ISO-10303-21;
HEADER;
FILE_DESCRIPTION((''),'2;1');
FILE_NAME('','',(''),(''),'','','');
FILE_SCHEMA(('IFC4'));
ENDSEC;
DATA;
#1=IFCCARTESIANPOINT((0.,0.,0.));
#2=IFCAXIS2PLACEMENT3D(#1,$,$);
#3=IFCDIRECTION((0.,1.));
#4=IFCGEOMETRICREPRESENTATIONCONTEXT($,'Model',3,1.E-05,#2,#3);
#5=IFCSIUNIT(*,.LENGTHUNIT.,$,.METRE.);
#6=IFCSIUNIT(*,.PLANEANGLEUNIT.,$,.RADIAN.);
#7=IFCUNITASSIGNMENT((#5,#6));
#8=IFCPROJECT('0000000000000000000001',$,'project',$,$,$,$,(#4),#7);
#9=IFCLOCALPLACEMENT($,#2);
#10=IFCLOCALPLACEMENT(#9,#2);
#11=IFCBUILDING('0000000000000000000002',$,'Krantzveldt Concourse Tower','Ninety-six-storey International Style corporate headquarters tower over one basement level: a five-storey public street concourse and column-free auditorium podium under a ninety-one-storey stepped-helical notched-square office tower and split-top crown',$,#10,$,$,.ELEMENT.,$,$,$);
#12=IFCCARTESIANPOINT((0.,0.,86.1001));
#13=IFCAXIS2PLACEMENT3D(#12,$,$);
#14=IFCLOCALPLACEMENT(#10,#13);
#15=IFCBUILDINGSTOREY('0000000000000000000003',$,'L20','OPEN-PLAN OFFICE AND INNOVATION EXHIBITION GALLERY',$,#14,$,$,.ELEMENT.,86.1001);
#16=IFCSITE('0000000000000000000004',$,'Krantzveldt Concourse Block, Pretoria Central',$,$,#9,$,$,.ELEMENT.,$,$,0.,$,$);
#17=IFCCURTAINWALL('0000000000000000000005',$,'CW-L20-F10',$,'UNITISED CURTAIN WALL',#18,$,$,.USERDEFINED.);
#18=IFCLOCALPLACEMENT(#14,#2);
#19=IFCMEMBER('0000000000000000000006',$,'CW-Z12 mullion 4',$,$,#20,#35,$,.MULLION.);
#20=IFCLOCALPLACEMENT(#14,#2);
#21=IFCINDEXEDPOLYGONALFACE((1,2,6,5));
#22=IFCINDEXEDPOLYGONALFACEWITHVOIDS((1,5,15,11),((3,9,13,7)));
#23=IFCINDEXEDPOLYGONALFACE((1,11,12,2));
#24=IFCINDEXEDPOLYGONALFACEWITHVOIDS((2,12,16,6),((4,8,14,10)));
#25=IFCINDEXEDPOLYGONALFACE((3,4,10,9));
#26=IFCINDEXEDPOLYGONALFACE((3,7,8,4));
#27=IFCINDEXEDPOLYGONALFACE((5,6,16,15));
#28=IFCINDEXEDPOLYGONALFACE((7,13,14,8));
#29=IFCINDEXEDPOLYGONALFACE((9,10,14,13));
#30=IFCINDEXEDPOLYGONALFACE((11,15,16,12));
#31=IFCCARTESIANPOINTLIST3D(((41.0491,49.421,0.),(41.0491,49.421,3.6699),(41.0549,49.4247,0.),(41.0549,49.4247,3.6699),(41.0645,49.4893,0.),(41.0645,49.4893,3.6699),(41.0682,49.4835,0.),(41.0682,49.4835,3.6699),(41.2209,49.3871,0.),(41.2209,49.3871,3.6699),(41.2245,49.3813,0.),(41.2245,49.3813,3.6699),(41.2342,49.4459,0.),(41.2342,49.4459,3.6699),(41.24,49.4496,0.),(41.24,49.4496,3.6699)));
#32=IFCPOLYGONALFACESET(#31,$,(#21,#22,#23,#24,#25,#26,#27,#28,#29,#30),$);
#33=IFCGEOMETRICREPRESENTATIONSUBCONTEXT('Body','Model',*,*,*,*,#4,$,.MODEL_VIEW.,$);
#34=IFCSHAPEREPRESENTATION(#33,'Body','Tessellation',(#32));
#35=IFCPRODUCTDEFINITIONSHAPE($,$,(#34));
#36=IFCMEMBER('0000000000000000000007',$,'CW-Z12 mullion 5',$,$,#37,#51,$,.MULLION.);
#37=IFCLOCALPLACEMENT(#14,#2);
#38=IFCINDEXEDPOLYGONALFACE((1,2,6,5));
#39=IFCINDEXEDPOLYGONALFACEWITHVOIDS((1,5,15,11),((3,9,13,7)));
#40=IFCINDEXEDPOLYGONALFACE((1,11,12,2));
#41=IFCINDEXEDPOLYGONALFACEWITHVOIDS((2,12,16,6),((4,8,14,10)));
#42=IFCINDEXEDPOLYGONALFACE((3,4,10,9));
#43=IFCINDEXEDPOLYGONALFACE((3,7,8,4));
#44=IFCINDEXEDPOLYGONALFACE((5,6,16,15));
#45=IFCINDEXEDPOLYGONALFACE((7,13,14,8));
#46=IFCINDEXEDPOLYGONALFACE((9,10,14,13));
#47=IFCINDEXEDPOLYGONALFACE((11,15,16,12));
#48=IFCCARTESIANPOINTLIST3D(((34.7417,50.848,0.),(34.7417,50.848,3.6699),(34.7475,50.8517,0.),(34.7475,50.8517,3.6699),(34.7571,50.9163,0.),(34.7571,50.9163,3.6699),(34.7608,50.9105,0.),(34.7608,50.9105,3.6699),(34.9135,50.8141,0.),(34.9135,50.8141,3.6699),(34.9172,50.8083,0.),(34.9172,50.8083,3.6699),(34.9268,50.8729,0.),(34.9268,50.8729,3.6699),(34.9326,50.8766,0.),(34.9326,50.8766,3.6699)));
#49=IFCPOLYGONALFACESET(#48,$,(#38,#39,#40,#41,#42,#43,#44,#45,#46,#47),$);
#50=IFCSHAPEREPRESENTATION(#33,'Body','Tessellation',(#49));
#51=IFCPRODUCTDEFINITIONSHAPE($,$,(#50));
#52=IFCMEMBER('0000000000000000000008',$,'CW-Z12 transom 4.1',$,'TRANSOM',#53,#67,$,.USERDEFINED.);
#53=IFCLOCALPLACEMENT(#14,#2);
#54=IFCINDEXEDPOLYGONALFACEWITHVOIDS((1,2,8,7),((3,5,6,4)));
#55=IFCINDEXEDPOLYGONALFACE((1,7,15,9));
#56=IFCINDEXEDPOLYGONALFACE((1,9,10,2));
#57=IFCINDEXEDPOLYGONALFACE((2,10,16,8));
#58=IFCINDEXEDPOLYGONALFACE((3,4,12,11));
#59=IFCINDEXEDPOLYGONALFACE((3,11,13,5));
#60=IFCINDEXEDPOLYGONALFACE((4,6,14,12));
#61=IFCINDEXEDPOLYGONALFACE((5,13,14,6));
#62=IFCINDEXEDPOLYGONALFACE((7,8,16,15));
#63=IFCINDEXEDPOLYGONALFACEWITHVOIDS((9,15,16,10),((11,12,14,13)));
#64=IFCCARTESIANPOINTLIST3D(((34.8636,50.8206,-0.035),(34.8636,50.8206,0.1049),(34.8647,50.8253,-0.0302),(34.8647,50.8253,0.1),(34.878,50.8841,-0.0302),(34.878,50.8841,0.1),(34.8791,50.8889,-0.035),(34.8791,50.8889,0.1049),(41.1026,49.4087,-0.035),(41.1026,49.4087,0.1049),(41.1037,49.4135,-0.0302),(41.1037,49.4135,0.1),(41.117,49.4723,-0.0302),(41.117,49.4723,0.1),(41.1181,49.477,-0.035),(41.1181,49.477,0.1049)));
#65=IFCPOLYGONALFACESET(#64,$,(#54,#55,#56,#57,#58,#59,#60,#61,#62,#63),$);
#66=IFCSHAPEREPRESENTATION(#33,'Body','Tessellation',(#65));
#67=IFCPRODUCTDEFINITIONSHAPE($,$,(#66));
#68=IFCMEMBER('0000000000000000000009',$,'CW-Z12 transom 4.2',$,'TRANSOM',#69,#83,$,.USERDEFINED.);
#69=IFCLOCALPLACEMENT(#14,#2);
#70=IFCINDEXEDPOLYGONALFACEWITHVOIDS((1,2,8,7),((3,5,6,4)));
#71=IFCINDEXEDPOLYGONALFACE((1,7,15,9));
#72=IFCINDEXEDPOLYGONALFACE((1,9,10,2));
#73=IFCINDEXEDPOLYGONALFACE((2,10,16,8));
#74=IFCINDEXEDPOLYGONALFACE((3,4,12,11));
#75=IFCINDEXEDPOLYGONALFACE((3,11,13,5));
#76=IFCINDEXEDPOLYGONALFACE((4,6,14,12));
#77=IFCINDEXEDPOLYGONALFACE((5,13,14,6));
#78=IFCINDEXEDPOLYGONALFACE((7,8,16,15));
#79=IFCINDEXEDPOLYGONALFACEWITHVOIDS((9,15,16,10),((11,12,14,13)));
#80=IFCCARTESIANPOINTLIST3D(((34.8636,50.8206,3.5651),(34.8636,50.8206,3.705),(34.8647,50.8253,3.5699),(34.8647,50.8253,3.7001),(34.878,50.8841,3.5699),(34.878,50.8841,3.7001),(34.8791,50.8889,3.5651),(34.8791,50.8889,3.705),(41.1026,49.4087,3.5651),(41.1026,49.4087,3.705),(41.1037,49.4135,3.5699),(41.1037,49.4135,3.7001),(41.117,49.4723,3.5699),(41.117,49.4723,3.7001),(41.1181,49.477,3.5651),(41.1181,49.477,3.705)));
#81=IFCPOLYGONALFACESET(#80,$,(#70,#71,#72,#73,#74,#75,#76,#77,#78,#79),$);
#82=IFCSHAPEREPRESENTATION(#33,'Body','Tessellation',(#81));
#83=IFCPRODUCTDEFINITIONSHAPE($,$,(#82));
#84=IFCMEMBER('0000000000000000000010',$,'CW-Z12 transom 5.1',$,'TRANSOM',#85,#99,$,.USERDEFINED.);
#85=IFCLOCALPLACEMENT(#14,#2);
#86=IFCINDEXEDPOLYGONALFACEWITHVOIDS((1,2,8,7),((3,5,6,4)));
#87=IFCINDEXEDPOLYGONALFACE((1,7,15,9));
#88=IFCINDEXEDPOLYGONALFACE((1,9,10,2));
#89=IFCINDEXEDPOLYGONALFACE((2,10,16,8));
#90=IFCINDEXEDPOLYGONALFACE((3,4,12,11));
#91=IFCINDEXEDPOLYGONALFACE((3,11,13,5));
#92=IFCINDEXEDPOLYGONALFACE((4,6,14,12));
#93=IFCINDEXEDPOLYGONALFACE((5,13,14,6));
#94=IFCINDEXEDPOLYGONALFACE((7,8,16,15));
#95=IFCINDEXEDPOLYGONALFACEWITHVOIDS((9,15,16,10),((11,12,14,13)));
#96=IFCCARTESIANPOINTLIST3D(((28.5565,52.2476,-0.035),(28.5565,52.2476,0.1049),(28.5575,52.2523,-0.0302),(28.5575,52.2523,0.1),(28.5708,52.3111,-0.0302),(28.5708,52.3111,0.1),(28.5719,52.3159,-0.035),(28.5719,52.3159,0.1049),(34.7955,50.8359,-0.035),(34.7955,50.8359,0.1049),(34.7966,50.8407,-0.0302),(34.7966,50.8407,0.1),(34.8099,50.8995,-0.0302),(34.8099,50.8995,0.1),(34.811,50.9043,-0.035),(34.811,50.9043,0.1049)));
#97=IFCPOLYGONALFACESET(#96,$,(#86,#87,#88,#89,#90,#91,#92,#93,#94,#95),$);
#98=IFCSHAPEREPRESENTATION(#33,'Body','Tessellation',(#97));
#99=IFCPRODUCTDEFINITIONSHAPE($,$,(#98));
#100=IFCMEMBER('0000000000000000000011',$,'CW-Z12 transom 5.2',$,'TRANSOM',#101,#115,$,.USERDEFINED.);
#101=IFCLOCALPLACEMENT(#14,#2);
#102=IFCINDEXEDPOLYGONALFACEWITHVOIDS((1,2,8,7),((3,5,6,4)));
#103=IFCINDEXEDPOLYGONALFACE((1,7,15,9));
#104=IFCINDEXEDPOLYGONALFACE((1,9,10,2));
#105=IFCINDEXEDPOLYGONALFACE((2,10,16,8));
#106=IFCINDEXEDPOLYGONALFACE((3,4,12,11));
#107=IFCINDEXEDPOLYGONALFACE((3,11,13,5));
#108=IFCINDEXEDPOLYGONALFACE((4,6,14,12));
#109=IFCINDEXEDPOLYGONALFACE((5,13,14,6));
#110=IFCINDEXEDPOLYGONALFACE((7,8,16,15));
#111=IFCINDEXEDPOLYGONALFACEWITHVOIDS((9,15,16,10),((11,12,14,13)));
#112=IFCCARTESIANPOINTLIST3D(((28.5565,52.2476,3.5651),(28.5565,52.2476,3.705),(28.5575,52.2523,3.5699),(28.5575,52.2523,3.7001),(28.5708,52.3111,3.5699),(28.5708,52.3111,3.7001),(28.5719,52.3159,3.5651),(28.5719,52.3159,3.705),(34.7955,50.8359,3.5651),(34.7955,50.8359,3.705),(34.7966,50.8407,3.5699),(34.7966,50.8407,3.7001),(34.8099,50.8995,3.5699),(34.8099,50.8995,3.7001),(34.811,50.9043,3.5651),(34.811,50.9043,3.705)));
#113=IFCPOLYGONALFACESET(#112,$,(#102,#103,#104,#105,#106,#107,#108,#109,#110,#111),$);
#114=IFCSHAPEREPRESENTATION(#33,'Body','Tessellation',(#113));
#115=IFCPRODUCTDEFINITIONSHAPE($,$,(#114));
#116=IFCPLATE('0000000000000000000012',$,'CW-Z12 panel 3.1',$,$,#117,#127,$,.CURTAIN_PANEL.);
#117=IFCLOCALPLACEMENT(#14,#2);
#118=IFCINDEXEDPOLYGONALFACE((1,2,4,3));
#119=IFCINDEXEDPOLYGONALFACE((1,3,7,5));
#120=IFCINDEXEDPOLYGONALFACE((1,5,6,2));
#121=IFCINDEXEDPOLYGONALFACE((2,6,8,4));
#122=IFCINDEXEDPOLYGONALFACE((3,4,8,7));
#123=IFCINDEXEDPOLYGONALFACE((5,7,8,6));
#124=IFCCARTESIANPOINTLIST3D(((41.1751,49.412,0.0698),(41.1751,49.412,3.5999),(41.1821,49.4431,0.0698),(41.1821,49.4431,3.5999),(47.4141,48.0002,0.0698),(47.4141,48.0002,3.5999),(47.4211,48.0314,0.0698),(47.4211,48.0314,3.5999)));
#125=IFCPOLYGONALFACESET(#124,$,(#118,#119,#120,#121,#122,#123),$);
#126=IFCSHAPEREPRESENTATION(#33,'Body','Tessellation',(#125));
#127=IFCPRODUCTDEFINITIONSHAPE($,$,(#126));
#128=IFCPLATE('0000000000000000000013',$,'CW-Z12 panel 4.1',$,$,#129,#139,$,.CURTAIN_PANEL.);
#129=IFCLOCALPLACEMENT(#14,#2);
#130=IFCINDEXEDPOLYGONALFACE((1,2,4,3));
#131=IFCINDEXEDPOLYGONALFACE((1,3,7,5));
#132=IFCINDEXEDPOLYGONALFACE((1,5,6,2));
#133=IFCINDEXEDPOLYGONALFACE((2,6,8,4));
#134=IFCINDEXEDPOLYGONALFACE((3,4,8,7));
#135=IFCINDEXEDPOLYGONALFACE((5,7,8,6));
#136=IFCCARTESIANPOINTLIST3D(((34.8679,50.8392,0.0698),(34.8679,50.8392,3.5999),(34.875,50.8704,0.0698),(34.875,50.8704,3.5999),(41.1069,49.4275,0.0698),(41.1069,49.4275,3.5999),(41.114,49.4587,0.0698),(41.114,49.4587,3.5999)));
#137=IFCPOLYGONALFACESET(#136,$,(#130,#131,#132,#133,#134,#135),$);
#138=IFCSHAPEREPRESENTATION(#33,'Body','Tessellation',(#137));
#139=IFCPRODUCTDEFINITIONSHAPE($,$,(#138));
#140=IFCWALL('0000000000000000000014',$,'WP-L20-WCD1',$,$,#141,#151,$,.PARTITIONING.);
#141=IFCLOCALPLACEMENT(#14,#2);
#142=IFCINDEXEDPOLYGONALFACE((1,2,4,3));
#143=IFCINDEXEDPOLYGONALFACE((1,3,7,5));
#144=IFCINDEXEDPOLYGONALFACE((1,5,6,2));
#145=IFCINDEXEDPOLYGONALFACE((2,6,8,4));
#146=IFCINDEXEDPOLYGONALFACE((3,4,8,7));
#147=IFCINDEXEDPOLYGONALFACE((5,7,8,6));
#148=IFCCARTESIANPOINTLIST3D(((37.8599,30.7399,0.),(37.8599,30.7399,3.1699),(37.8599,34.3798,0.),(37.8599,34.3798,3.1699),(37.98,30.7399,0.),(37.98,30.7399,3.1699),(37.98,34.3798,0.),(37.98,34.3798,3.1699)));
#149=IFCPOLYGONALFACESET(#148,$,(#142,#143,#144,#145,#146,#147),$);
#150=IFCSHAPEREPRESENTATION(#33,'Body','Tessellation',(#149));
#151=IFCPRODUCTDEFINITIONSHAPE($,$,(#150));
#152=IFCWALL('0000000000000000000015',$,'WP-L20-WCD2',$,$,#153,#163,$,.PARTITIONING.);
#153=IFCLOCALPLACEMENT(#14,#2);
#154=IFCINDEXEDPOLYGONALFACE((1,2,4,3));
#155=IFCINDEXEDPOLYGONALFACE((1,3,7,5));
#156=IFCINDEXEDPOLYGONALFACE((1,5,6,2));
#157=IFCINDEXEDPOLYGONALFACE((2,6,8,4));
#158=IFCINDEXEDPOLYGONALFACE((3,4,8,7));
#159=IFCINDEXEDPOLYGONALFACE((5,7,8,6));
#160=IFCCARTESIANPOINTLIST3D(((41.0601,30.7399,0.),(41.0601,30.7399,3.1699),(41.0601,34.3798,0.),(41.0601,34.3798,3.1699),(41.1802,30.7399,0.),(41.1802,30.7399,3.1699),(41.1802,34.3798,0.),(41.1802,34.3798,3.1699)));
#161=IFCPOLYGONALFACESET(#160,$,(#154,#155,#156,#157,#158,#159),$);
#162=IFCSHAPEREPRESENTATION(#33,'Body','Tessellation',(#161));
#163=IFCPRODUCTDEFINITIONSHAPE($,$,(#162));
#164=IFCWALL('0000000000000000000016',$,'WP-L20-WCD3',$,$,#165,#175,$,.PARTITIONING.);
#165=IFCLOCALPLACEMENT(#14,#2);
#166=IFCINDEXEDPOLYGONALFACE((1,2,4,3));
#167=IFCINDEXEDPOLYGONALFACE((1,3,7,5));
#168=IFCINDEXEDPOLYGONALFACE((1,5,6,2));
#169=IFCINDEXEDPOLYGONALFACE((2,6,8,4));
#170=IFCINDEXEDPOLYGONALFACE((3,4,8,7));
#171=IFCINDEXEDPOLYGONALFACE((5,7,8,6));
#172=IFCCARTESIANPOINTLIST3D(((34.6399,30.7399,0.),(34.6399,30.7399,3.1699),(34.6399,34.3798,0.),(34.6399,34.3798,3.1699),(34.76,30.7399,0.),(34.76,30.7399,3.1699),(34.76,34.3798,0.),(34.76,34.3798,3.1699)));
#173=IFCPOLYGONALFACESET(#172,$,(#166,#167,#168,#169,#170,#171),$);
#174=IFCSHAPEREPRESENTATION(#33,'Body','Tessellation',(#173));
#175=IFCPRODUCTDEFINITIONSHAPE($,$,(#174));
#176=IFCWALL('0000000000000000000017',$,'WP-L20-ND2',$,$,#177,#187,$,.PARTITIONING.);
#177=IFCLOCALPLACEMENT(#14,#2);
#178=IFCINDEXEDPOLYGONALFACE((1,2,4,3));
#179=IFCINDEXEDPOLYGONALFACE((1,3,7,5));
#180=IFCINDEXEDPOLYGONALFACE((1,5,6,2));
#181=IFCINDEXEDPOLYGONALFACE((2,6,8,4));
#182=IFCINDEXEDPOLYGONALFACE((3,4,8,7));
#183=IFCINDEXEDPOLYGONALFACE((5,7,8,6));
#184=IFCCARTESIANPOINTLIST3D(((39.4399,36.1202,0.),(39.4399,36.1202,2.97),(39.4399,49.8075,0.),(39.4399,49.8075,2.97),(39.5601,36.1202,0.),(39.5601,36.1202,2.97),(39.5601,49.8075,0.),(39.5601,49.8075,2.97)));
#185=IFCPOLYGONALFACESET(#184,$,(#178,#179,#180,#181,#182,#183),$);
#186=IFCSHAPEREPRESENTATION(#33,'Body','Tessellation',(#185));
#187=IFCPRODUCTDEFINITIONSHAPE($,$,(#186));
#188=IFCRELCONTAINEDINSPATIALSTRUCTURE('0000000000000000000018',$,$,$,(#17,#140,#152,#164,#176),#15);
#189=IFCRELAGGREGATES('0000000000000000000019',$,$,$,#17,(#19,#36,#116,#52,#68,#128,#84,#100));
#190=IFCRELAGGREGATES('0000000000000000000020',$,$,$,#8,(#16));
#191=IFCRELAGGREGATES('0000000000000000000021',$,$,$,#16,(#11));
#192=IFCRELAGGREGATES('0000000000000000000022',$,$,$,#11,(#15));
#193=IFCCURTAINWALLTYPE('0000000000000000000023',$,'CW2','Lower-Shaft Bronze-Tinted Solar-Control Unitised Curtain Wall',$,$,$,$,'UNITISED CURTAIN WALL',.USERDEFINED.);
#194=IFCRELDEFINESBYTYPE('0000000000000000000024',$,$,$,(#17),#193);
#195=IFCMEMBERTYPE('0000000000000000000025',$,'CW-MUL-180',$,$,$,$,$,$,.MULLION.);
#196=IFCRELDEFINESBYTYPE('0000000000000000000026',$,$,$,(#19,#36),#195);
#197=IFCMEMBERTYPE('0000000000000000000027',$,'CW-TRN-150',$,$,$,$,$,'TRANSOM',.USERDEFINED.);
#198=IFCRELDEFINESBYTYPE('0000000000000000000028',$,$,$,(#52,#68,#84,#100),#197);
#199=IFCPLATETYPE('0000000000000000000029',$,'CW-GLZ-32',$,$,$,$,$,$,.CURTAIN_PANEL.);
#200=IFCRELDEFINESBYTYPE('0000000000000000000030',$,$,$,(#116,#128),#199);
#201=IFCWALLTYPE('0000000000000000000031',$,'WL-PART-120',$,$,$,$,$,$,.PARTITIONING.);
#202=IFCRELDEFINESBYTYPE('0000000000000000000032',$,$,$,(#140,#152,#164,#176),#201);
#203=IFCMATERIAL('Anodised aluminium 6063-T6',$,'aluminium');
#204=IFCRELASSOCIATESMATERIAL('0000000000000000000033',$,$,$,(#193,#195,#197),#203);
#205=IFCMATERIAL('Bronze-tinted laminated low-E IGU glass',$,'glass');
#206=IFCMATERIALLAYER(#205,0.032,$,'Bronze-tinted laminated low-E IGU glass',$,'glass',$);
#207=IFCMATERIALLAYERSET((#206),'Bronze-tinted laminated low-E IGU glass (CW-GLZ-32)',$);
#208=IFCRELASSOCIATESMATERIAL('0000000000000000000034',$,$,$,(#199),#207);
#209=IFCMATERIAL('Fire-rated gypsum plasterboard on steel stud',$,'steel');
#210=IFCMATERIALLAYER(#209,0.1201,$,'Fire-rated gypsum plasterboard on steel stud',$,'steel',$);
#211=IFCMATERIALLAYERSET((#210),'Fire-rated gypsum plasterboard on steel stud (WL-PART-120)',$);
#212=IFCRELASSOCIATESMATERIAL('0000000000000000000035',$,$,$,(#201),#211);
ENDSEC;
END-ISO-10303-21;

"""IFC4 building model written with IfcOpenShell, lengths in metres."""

from ifc_helpers import new_model, si_unit, direction, frame, frame_2d, origin, origin_2d, place, context, subcontext, project, spatial, rectangle, hollow_rectangle, extrude, source, transform, mapped, material, layer, layer_set, material_profile, profile_set, type_object, type_shapes, element, aggregate, save


model = new_model("IFC4")

# Units and contexts
model_context = context("Model", 3, precision=1e-05, world=origin(), true_north=direction((0.0, 1.0)))
body_context = subcontext(model_context, "Body", "Model", "MODEL_VIEW")
ifc_project = project(units=[si_unit("LENGTHUNIT", "METRE"), si_unit("PLANEANGLEUNIT", "RADIAN")], contexts=[model_context])

# Site, building, storey
site_placement = place(None, origin())
site = spatial("IfcSite", under=ifc_project, at=site_placement, Name="Krantzveldt Concourse Block, Pretoria Central", CompositionType="ELEMENT", RefElevation=0.0)
building_placement = place(site_placement, origin())
building = spatial("IfcBuilding", under=site, at=building_placement, Name="Krantzveldt Concourse Tower", Description="Ninety-six-storey International Style corporate headquarters tower over one basement level: a five-storey public street concourse and column-free auditorium podium under a ninety-one-storey stepped-helical notched-square office tower and split-top crown", CompositionType="ELEMENT")
storey_placement = place(building_placement, frame((0.0, 0.0, 86.1001)))
storey = spatial("IfcBuildingStorey", under=building, at=storey_placement, Name="L20", Description="OPEN-PLAN OFFICE AND INNOVATION EXHIBITION GALLERY", CompositionType="ELEMENT", Elevation=86.1001)

# Curtain wall, members, plates
ifc_material_1 = material(Name="Anodised aluminium 6063-T6", Category="aluminium")
curtain_wall_type = type_object("IfcCurtainWallType", Name="CW2", Description="Lower-Shaft Bronze-Tinted Solar-Control Unitised Curtain Wall", ElementType="UNITISED CURTAIN WALL", PredefinedType="USERDEFINED", material=ifc_material_1)
curtain_wall_placement = place(storey_placement, origin())
curtain_wall = element("IfcCurtainWall", 1, at=curtain_wall_placement, inside=storey, type_object=curtain_wall_type, Name="CW-L20-F10", ObjectType="UNITISED CURTAIN WALL", PredefinedType="USERDEFINED")
ifc_material_profile_1 = material_profile(ifc_material_1, hollow_rectangle(XDim=0.0701, YDim=0.1799, WallThickness=0.0049, at=origin_2d()), Name="Anodised aluminium 6063-T6", Category="aluminium")
ifc_profile_set_1 = profile_set([ifc_material_profile_1], Name="Anodised aluminium 6063-T6 - ALU-MULL 180x70x5")
member_type_1 = type_object("IfcMemberType", Name="CW-MUL-180", PredefinedType="MULLION", material=ifc_profile_set_1)
shared_shape_1 = source(origin(), body_context, "Body", "SweptSolid", [
    extrude(hollow_rectangle(XDim=0.0701, YDim=0.1799, WallThickness=0.0049, at=origin_2d()), origin(), (0.0, 0.0, 1.0), 3.6699),
])
type_shapes(member_type_1, [shared_shape_1])
member_1_placement = place(storey_placement, frame((41.1445, 49.4353, 0.0), z_axis=(0.0, 0.0, 1.0), x_axis=(-0.220697, -0.975342, 0.0)))
member_1 = element("IfcMember", 2, at=member_1_placement, type_object=member_type_1, Name="CW-Z12 mullion 4", PredefinedType="MULLION", context=body_context, shape_type="MappedRepresentation", body=[
    mapped(shared_shape_1, transform((0.0, 0.0, 0.0), x_axis=(1.0, 0.0, 0.0), y_axis=(0.0, 1.0, 0.0), z_axis=(0.0, 0.0, 1.0), scale=1.0)),
])
member_2_placement = place(storey_placement, frame((34.8372, 50.8623, 0.0), z_axis=(0.0, 0.0, 1.0), x_axis=(-0.220697, -0.975342, 0.0)))
member_2 = element("IfcMember", 3, at=member_2_placement, type_object=member_type_1, Name="CW-Z12 mullion 5", PredefinedType="MULLION", context=body_context, shape_type="MappedRepresentation", body=[
    mapped(shared_shape_1, transform((0.0, 0.0, 0.0), x_axis=(1.0, 0.0, 0.0), y_axis=(0.0, 1.0, 0.0), z_axis=(0.0, 0.0, 1.0), scale=1.0)),
])
ifc_material_profile_2 = material_profile(ifc_material_1, hollow_rectangle(XDim=0.0701, YDim=0.1399, WallThickness=0.0049, at=origin_2d()), Name="Anodised aluminium 6063-T6", Category="aluminium")
ifc_profile_set_2 = profile_set([ifc_material_profile_2], Name="Anodised aluminium 6063-T6 - ALU-TRAN 140x70x5")
member_type_2 = type_object("IfcMemberType", Name="CW-TRN-150", ElementType="TRANSOM", PredefinedType="USERDEFINED", material=ifc_profile_set_2)
shared_shape_2 = source(origin(), body_context, "Body", "SweptSolid", [
    extrude(hollow_rectangle(XDim=0.0701, YDim=0.1399, WallThickness=0.0049, at=origin_2d()), origin(), (0.0, 0.0, 1.0), 6.3967),
])
type_shapes(member_type_2, [shared_shape_2])
member_3_placement = place(storey_placement, frame((41.1104, 49.4429, 0.0349), z_axis=(-0.975338, 0.220715, 0.0), x_axis=(-0.220715, -0.975338, 0.0)))
member_3 = element("IfcMember", 4, at=member_3_placement, type_object=member_type_2, Name="CW-Z12 transom 4.1", ObjectType="TRANSOM", PredefinedType="USERDEFINED", context=body_context, shape_type="MappedRepresentation", body=[
    mapped(shared_shape_2, transform((0.0, 0.0, 0.0), x_axis=(1.0, 0.0, 0.0), y_axis=(0.0, 1.0, 0.0), z_axis=(0.0, 0.0, 1.0), scale=1.0)),
])
member_4_placement = place(storey_placement, frame((41.1104, 49.4429, 3.635), z_axis=(-0.975338, 0.220715, 0.0), x_axis=(-0.220715, -0.975338, 0.0)))
member_4 = element("IfcMember", 5, at=member_4_placement, type_object=member_type_2, Name="CW-Z12 transom 4.2", ObjectType="TRANSOM", PredefinedType="USERDEFINED", context=body_context, shape_type="MappedRepresentation", body=[
    mapped(shared_shape_2, transform((0.0, 0.0, 0.0), x_axis=(1.0, 0.0, 0.0), y_axis=(0.0, 1.0, 0.0), z_axis=(0.0, 0.0, 1.0), scale=1.0)),
])
member_5_placement = place(storey_placement, frame((34.8032, 50.8701, 0.0349), z_axis=(-0.975346, 0.220679, 0.0), x_axis=(-0.220679, -0.975346, 0.0)))
member_5 = element("IfcMember", 6, at=member_5_placement, type_object=member_type_2, Name="CW-Z12 transom 5.1", ObjectType="TRANSOM", PredefinedType="USERDEFINED", context=body_context, shape_type="MappedRepresentation", body=[
    mapped(shared_shape_2, transform((0.0, 0.0, 0.0), x_axis=(1.0, 0.0, 0.0), y_axis=(0.0, 1.0, 0.0), z_axis=(0.0, 0.0, 1.0), scale=1.0)),
])
member_6_placement = place(storey_placement, frame((34.8032, 50.8701, 3.635), z_axis=(-0.975346, 0.220679, 0.0), x_axis=(-0.220679, -0.975346, 0.0)))
member_6 = element("IfcMember", 7, at=member_6_placement, type_object=member_type_2, Name="CW-Z12 transom 5.2", ObjectType="TRANSOM", PredefinedType="USERDEFINED", context=body_context, shape_type="MappedRepresentation", body=[
    mapped(shared_shape_2, transform((0.0, 0.0, 0.0), x_axis=(1.0, 0.0, 0.0), y_axis=(0.0, 1.0, 0.0), z_axis=(0.0, 0.0, 1.0), scale=1.0)),
])
ifc_material_2 = material(Name="Bronze-tinted laminated low-E IGU glass", Category="glass")
ifc_layer_1 = layer(ifc_material_2, 0.032, Name="Bronze-tinted laminated low-E IGU glass", Category="glass")
ifc_layer_set_1 = layer_set([ifc_layer_1], Name="Bronze-tinted laminated low-E IGU glass (CW-GLZ-32)")
plate_type = type_object("IfcPlateType", Name="CW-GLZ-32", PredefinedType="CURTAIN_PANEL", material=ifc_layer_set_1)
shared_shape_3 = source(origin(), body_context, "Body", "SweptSolid", [
    extrude(rectangle(XDim=6.3967, YDim=0.032, at=origin_2d()), origin(), (0.0, 0.0, 1.0), 3.53),
])
type_shapes(plate_type, [shared_shape_3])
plate_1_placement = place(storey_placement, frame((44.2981, 48.7217, 0.0698), z_axis=(0.0, 0.0, 1.0), x_axis=(-0.975342, 0.220697, 0.0)))
plate_1 = element("IfcPlate", 8, at=plate_1_placement, type_object=plate_type, Name="CW-Z12 panel 3.1", PredefinedType="CURTAIN_PANEL", context=body_context, shape_type="MappedRepresentation", body=[
    mapped(shared_shape_3, transform((0.0, 0.0, 0.0), x_axis=(1.0, 0.0, 0.0), y_axis=(0.0, 1.0, 0.0), z_axis=(0.0, 0.0, 1.0), scale=1.0)),
])
plate_2_placement = place(storey_placement, frame((37.991, 50.1489, 0.0698), z_axis=(0.0, 0.0, 1.0), x_axis=(-0.975342, 0.220697, 0.0)))
plate_2 = element("IfcPlate", 9, at=plate_2_placement, type_object=plate_type, Name="CW-Z12 panel 4.1", PredefinedType="CURTAIN_PANEL", context=body_context, shape_type="MappedRepresentation", body=[
    mapped(shared_shape_3, transform((0.0, 0.0, 0.0), x_axis=(1.0, 0.0, 0.0), y_axis=(0.0, 1.0, 0.0), z_axis=(0.0, 0.0, 1.0), scale=1.0)),
])
aggregate(curtain_wall, [member_1, member_2, plate_1, member_3, member_4, plate_2, member_5, member_6])

# Walls
ifc_material_3 = material(Name="Fire-rated gypsum plasterboard on steel stud", Category="steel")
ifc_layer_2 = layer(ifc_material_3, 0.1201, Name="Fire-rated gypsum plasterboard on steel stud", Category="steel")
ifc_layer_set_2 = layer_set([ifc_layer_2], Name="Fire-rated gypsum plasterboard on steel stud (WL-PART-120)")
wall_type_1 = type_object("IfcWallType", Name="WL-PART-120", PredefinedType="PARTITIONING", material=ifc_layer_set_2)
for number, where, z_axis, x_axis, name in (
    (10, (37.9199, 30.74, 0.0), (0.0, 0.0, 1.0), (0.0, 1.0, 0.0), "WP-L20-WCD1"),
    (11, (41.1201, 30.74, 0.0), (0.0, 0.0, 1.0), (0.0, 1.0, 0.0), "WP-L20-WCD2"),
    (12, (34.7, 30.74, 0.0), (0.0, 0.0, 1.0), (0.0, 1.0, 0.0), "WP-L20-WCD3"),
):
    element("IfcWall", number, at=place(storey_placement, frame(where, z_axis=z_axis, x_axis=x_axis)), inside=storey, type_object=wall_type_1, Name=name, PredefinedType="PARTITIONING", context=body_context, shape_type="SweptSolid", body=[
        extrude(rectangle(XDim=3.6399, YDim=0.1201, at=frame_2d((1.8198, 0.0))), origin(), (0.0, 0.0, 1.0), 3.1699),
    ])
wall_1_placement = place(storey_placement, frame((39.5, 36.1201, 0.0), z_axis=(0.0, 0.0, 1.0), x_axis=(0.0, 1.0, 0.0)))
element("IfcWall", 13, at=wall_1_placement, inside=storey, type_object=wall_type_1, Name="WP-L20-ND2", PredefinedType="PARTITIONING", context=body_context, shape_type="SweptSolid", body=[
    extrude(rectangle(XDim=13.6873, YDim=0.1201, at=frame_2d((6.8438, 0.0))), origin(), (0.0, 0.0, 1.0), 2.97),
])

save(model, "model.ifc")
